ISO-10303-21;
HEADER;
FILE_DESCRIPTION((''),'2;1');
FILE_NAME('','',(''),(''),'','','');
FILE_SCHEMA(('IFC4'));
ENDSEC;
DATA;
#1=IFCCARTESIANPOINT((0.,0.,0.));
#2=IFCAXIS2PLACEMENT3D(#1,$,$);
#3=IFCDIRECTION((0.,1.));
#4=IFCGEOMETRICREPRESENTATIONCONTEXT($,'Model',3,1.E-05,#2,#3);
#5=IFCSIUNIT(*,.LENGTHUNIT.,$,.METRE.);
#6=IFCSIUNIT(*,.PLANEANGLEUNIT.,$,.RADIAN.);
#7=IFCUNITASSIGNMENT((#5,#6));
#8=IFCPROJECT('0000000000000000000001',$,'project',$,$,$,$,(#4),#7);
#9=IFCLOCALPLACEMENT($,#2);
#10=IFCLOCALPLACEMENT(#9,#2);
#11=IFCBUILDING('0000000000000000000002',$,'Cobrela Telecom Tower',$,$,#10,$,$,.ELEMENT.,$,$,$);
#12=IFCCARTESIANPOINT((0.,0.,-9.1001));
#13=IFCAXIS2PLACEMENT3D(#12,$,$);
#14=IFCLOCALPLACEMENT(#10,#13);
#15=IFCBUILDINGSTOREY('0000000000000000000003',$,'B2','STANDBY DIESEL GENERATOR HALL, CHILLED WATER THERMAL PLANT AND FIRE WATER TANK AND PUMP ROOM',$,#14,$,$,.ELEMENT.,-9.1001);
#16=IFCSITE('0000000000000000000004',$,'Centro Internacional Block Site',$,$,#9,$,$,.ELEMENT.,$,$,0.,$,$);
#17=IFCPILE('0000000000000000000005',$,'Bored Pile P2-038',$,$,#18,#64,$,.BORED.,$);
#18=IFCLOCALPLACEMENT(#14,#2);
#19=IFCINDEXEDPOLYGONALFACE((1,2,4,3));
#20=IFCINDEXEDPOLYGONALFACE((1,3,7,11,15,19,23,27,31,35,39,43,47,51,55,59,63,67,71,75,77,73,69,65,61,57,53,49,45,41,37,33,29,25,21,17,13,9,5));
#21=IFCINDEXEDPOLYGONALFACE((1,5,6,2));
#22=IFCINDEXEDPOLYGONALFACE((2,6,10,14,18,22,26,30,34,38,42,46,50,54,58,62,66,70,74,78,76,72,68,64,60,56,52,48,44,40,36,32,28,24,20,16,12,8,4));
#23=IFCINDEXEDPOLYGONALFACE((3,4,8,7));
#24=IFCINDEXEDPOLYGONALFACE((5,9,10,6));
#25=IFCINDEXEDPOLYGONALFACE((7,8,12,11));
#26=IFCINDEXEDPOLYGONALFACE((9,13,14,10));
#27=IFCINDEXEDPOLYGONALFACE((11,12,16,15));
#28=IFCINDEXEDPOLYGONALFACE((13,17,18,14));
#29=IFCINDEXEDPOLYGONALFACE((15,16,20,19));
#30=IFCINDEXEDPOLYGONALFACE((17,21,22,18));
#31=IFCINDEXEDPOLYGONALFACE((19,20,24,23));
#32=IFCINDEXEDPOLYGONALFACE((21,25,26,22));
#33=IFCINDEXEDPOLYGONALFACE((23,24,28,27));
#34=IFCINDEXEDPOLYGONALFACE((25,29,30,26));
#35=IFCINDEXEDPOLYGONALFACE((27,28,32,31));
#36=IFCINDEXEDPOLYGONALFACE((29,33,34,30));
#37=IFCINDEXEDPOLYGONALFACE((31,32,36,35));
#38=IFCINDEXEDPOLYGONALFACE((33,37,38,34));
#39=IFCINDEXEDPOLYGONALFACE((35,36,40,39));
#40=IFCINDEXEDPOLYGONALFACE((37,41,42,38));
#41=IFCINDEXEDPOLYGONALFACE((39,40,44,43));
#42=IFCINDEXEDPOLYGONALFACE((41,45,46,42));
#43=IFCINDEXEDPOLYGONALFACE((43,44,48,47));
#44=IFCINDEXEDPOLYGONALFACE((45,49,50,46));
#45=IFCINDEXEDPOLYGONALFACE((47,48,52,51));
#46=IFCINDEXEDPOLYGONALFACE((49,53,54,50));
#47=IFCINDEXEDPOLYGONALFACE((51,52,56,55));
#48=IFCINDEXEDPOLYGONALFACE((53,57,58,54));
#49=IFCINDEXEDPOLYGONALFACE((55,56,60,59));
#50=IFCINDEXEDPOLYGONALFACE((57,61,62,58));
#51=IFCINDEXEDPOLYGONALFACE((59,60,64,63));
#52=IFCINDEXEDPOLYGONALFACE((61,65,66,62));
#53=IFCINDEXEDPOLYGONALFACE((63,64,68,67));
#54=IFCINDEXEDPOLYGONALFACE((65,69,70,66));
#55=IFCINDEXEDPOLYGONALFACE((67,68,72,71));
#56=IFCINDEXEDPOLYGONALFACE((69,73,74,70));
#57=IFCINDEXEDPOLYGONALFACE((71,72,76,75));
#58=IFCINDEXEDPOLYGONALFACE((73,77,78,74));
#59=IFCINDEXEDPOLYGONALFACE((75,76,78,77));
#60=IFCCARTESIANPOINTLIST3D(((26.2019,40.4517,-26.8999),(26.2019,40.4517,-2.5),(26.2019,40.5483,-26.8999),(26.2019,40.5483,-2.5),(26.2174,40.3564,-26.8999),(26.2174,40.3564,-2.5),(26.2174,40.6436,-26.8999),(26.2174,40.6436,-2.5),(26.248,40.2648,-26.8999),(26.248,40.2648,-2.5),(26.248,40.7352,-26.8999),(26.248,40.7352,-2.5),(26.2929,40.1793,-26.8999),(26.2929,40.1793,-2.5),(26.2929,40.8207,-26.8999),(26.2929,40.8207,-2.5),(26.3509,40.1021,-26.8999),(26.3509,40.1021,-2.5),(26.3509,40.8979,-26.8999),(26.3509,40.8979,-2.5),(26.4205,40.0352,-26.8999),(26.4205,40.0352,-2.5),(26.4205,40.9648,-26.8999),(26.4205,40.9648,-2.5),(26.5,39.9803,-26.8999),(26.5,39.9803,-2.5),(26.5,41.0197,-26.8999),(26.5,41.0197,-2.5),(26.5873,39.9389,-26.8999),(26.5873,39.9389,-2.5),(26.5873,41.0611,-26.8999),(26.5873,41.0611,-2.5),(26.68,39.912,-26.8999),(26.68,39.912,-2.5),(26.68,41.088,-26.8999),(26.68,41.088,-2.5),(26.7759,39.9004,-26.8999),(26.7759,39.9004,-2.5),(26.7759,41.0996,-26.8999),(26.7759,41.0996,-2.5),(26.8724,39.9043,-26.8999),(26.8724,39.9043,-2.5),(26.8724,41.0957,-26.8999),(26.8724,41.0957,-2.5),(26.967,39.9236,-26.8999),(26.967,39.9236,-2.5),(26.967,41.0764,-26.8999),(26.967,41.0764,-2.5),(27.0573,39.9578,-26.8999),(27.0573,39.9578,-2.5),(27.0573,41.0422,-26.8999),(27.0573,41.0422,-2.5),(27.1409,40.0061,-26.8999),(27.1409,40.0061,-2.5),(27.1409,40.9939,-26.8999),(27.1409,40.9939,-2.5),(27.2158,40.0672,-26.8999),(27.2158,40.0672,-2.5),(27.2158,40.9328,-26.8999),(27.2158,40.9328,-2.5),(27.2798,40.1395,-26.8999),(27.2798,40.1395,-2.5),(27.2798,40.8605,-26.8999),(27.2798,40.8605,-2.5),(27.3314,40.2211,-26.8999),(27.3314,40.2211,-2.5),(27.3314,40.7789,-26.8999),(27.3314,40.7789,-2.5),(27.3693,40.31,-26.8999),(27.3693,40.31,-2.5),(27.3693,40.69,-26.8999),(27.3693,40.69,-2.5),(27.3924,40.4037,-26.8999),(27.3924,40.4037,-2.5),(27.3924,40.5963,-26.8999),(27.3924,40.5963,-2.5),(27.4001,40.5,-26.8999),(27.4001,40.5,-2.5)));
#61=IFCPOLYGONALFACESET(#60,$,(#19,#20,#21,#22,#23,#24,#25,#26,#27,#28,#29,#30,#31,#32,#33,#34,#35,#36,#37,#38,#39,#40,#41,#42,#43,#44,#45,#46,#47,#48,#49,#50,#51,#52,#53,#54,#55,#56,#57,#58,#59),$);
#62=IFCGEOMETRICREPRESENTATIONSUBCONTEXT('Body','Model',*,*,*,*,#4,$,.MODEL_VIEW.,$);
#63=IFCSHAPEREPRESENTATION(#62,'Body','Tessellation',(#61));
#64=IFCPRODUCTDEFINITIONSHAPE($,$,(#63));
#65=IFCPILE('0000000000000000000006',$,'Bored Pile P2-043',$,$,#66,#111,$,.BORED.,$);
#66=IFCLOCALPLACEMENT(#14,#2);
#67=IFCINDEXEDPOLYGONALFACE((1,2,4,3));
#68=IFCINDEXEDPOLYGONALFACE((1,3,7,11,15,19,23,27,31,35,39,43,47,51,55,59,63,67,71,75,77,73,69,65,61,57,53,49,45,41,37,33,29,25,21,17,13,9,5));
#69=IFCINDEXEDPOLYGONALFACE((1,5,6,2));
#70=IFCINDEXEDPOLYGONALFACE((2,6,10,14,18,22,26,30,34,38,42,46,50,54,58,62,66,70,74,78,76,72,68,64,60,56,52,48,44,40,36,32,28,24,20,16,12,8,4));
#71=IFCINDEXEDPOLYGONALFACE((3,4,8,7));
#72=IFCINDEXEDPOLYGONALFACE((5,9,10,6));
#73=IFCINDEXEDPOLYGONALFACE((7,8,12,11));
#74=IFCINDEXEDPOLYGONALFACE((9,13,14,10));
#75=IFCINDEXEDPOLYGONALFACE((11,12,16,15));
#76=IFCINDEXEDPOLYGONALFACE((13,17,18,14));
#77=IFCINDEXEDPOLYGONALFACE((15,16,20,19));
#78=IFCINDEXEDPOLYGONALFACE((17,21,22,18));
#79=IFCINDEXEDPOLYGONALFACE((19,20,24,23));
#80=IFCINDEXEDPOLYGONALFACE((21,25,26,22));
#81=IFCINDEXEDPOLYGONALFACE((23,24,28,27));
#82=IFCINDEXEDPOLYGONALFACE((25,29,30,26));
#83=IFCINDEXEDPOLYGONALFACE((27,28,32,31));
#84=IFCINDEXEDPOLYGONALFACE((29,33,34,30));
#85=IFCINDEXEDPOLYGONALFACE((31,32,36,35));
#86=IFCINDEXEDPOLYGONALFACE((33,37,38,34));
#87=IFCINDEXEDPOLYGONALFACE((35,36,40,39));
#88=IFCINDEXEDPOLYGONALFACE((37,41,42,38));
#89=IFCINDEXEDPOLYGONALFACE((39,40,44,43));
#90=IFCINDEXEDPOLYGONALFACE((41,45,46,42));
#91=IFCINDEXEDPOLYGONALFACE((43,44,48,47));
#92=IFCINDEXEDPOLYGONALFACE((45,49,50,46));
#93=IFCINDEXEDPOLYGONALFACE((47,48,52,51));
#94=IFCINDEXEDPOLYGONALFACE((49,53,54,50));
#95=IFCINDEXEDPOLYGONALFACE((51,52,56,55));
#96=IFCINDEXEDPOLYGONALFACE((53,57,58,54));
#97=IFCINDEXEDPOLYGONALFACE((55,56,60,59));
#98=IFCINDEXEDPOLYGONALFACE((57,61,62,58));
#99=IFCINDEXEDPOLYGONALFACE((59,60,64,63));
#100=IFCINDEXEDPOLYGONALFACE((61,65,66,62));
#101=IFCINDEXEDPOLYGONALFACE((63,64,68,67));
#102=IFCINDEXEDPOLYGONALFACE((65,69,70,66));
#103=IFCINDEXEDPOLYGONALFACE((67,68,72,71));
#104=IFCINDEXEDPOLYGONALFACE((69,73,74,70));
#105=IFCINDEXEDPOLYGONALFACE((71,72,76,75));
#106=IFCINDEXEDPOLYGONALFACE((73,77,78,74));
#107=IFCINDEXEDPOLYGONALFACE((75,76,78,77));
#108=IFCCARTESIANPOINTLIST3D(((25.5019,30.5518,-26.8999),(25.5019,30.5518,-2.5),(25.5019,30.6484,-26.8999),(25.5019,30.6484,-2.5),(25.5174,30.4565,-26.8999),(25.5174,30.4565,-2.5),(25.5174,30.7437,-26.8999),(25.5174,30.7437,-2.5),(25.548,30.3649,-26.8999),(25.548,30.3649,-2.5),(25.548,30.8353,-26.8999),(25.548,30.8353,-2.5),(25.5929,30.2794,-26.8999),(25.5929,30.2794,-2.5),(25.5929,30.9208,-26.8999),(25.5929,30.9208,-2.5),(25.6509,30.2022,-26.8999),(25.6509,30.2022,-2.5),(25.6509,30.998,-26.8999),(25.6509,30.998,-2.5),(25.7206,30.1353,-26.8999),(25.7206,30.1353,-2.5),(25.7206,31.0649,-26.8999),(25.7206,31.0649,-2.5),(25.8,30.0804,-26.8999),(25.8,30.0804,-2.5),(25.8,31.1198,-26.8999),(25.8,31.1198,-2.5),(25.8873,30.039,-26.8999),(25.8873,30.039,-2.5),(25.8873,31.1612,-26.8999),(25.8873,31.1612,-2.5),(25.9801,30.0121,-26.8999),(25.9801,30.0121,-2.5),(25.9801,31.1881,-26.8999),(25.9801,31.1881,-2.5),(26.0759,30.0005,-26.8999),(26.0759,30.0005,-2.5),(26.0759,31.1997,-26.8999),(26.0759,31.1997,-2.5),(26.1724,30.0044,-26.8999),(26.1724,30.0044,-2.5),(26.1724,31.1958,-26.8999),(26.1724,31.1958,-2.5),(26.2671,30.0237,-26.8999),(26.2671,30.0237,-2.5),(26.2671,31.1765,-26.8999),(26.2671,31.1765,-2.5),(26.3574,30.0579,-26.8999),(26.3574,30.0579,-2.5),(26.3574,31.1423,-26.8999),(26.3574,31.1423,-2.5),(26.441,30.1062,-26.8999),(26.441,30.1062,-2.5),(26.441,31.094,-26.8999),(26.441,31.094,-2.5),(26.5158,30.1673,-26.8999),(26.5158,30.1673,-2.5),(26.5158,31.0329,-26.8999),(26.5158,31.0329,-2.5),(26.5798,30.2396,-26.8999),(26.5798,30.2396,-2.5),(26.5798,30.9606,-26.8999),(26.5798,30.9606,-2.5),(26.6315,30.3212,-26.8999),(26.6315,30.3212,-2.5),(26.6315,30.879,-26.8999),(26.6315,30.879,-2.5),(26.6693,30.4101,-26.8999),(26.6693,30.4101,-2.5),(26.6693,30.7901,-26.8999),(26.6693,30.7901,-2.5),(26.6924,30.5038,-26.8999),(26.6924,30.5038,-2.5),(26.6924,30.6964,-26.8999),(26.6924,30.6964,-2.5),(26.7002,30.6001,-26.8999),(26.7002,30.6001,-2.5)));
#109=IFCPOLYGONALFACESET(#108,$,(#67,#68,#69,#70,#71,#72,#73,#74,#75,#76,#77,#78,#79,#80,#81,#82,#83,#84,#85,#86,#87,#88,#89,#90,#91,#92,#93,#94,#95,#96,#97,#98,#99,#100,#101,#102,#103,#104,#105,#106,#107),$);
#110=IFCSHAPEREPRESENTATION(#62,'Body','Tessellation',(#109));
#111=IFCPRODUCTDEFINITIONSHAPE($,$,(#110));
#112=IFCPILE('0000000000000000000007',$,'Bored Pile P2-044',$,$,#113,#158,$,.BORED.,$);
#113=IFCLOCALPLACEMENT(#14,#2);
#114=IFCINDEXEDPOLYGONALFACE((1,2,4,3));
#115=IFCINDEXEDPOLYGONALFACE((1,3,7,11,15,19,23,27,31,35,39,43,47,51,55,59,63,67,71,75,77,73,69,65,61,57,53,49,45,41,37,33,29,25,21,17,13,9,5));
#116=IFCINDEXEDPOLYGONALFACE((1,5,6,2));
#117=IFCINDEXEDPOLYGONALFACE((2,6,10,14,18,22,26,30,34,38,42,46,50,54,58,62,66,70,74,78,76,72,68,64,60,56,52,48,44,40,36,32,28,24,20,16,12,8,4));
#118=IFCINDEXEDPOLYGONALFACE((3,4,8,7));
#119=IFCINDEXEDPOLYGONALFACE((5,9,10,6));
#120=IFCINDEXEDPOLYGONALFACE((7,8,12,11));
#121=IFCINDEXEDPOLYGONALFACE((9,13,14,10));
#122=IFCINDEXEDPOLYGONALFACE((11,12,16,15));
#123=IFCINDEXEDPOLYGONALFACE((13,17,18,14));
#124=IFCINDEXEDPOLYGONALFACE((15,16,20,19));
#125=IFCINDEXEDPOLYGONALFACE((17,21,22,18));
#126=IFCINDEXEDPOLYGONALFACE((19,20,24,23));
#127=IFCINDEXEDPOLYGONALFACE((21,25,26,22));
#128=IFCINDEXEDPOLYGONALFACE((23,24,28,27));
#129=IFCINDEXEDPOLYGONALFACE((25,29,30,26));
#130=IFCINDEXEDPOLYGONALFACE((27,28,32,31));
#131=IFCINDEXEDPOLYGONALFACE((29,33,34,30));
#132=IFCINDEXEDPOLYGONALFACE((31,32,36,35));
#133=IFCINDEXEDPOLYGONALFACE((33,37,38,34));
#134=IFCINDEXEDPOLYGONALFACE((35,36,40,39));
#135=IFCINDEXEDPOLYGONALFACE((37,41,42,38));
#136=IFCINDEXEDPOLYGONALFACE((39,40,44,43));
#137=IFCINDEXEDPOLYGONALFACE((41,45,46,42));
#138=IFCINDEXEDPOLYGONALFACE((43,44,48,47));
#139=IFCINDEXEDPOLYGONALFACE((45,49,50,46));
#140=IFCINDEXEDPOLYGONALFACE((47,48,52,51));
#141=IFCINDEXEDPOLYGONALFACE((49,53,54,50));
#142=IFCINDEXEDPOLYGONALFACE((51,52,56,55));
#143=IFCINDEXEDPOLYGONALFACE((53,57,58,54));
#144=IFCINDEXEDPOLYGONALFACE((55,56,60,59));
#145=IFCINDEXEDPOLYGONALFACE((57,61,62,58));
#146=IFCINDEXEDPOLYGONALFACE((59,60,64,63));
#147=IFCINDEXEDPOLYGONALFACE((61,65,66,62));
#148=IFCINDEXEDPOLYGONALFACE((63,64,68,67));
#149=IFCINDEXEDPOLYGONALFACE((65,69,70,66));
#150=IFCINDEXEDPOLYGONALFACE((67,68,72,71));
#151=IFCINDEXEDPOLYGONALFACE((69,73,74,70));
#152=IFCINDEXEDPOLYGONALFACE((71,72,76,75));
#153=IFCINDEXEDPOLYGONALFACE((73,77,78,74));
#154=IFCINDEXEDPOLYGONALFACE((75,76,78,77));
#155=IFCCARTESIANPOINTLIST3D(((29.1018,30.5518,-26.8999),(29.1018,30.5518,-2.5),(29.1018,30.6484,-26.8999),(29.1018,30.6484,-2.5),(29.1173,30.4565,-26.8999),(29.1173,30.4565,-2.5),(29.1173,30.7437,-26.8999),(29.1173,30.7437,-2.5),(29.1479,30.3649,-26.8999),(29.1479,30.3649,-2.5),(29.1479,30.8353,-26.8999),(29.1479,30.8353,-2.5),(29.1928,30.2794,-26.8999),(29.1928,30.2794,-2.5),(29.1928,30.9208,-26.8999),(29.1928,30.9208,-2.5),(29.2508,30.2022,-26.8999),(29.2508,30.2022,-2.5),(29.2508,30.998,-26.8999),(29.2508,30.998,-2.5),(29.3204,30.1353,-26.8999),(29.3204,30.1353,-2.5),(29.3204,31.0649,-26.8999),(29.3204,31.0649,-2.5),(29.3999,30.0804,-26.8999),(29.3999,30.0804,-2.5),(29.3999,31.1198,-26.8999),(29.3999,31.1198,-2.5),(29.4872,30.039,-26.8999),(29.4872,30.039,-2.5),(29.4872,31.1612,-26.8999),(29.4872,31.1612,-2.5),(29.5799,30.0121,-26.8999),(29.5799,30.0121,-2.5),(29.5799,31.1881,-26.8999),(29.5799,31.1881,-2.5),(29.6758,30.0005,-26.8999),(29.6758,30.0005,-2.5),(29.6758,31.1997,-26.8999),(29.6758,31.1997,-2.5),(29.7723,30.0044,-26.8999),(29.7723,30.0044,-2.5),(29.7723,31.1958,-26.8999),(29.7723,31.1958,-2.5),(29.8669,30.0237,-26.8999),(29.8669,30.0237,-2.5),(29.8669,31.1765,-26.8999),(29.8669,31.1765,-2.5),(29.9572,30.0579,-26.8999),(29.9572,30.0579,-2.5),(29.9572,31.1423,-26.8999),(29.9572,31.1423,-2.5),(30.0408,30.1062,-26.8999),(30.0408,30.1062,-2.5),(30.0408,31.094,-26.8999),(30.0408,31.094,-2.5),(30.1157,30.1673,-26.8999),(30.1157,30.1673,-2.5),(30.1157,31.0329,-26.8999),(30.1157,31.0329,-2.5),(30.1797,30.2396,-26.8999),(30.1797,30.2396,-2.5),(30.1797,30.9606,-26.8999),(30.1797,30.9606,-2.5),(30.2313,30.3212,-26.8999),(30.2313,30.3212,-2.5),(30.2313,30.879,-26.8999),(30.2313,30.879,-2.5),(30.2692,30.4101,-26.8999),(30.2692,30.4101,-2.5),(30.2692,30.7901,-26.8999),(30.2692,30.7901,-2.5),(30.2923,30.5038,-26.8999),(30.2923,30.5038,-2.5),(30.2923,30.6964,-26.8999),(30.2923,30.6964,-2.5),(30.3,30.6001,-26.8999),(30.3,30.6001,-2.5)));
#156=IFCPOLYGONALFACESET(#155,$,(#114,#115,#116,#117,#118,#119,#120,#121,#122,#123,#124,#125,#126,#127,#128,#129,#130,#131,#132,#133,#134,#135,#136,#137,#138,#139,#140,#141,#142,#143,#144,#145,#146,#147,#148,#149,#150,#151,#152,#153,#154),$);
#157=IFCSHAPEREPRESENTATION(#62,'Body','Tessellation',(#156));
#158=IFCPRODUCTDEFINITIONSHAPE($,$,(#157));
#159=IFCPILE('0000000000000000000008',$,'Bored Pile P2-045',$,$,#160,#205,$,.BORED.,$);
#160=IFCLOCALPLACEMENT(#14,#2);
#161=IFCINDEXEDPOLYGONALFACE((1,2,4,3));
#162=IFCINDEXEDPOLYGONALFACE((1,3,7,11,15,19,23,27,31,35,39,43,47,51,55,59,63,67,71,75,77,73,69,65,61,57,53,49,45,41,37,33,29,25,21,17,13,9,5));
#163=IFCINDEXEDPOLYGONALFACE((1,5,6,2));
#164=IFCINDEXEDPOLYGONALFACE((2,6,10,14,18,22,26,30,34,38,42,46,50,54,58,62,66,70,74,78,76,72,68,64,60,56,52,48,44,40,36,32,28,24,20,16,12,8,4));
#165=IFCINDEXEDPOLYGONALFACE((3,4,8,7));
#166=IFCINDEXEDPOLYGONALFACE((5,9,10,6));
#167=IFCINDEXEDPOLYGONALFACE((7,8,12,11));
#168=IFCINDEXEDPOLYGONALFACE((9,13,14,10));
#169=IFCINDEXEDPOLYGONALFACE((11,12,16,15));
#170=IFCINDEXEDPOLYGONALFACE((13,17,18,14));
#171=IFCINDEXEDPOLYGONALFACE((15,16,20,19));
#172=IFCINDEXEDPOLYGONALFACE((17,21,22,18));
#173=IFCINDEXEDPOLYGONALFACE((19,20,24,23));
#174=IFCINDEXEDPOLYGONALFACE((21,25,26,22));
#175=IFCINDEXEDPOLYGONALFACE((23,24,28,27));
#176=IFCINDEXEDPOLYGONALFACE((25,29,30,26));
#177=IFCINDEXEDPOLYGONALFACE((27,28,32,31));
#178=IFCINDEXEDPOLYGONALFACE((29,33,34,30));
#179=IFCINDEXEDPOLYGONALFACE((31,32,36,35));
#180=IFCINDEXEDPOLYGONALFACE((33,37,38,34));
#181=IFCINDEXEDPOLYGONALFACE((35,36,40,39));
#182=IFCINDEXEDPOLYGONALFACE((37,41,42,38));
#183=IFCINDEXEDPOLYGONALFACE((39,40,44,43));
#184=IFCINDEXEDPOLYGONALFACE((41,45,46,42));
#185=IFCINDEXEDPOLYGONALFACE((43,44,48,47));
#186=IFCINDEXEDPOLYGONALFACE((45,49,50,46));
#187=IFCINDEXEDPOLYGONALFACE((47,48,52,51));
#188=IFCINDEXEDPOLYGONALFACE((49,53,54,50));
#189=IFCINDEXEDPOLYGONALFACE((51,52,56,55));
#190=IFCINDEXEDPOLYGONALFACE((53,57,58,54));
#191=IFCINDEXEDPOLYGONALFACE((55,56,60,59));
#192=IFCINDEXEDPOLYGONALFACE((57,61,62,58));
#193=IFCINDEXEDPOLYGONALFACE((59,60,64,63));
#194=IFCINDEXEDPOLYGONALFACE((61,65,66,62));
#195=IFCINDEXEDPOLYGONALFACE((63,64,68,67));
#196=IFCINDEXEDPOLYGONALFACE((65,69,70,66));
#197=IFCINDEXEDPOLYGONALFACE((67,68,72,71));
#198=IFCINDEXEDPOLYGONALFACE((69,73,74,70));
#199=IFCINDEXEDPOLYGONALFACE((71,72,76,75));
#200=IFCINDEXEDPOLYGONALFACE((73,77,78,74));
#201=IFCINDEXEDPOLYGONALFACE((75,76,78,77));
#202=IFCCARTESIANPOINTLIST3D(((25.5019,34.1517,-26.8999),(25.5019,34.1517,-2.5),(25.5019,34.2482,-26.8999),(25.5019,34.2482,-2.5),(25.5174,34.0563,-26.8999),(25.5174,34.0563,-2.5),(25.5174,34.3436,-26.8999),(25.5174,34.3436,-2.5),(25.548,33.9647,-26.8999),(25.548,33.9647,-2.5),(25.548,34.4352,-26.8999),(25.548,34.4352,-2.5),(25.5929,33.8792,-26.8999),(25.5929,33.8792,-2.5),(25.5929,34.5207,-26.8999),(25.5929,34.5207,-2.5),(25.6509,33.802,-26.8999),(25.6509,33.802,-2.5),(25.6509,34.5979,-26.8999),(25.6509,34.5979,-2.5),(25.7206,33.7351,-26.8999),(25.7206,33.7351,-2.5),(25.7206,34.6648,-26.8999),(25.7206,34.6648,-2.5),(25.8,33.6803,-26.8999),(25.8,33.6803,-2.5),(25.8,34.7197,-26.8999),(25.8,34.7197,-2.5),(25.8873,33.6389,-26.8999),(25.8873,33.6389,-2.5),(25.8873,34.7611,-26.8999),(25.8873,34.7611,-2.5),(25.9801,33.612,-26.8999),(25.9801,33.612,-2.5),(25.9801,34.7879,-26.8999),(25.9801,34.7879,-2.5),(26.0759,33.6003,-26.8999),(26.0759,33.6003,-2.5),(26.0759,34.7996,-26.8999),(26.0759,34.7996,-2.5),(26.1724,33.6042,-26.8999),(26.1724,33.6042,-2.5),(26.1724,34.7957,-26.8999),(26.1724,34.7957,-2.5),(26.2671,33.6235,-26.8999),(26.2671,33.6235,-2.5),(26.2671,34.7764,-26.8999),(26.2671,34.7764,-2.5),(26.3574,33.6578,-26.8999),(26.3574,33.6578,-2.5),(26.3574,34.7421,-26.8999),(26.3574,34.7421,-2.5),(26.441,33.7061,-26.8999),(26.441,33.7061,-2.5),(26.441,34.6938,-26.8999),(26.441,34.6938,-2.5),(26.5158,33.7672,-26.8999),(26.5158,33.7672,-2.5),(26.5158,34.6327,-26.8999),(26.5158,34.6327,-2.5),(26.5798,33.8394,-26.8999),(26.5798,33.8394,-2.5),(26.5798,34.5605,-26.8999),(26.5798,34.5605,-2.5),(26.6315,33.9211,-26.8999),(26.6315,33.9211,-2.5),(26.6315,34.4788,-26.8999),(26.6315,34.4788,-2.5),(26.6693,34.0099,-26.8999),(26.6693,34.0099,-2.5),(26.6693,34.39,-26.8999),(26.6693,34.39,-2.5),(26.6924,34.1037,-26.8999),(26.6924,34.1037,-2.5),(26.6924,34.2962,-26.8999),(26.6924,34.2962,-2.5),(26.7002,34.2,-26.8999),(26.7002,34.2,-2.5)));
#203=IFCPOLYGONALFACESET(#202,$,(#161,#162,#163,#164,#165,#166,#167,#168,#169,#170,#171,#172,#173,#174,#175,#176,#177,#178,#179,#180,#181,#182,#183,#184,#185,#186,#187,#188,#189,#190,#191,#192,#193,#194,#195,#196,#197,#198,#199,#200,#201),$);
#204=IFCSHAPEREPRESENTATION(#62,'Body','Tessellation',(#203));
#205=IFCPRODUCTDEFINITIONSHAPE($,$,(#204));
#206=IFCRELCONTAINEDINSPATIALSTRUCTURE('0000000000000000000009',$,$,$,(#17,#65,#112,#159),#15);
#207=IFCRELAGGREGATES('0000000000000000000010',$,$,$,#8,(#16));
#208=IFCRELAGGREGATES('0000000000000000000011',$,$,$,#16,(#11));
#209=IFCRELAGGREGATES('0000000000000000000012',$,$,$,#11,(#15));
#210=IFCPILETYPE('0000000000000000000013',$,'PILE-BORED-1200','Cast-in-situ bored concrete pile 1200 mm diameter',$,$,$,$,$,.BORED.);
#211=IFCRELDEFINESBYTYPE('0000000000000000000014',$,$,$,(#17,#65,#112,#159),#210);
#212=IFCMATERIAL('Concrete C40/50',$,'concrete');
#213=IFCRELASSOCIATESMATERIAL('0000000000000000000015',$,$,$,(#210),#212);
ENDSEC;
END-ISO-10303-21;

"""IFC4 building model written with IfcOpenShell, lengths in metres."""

from ifc_helpers import new_model, si_unit, direction, frame, origin, origin_2d, place, context, subcontext, project, spatial, circle, extrude, material, material_profile, profile_set, type_object, element, save


model = new_model("IFC4")

# Units and contexts
model_context = context("Model", 3, precision=1e-05, world=origin(), true_north=direction((0.0, 1.0)))
body_context = subcontext(model_context, "Body", "Model", "MODEL_VIEW")
ifc_project = project(units=[si_unit("LENGTHUNIT", "METRE"), si_unit("PLANEANGLEUNIT", "RADIAN")], contexts=[model_context])

# Site, building, storey
site_placement = place(None, origin())
site = spatial("IfcSite", under=ifc_project, at=site_placement, Name="Centro Internacional Block Site", CompositionType="ELEMENT", RefElevation=0.0)
building_placement = place(site_placement, origin())
building = spatial("IfcBuilding", under=site, at=building_placement, Name="Cobrela Telecom Tower", CompositionType="ELEMENT")
storey_placement = place(building_placement, frame((0.0, 0.0, -9.1001)))
storey = spatial("IfcBuildingStorey", under=building, at=storey_placement, Name="B2", Description="STANDBY DIESEL GENERATOR HALL, CHILLED WATER THERMAL PLANT AND FIRE WATER TANK AND PUMP ROOM", CompositionType="ELEMENT", Elevation=-9.1001)

# Shared definitions
ifc_material_1 = material(Name="Concrete C40/50", Category="concrete")

# Piles
ifc_material_profile_1 = material_profile(ifc_material_1, circle(Radius=0.6001, at=origin_2d()), Name="BORED PILE D1200")
ifc_profile_set_1 = profile_set([ifc_material_profile_1], Name="Concrete C40/50")
pile_type = type_object("IfcPileType", Name="PILE-BORED-1200", Description="Cast-in-situ bored concrete pile 1200 mm diameter", PredefinedType="BORED", material=ifc_profile_set_1)
for number, where, z_axis, x_axis, name in (
    (1, (26.8, 40.5, -2.5), (0.0, 0.0, -1.0), (1.0, 0.0, 0.0), "Bored Pile P2-038"),
    (2, (26.1001, 30.6001, -2.5), (0.0, 0.0, -1.0), (1.0, 0.0, 0.0), "Bored Pile P2-043"),
    (3, (29.7, 30.6001, -2.5), (0.0, 0.0, -1.0), (1.0, 0.0, 0.0), "Bored Pile P2-044"),
    (4, (26.1001, 34.2, -2.5), (0.0, 0.0, -1.0), (1.0, 0.0, 0.0), "Bored Pile P2-045"),
):
    element("IfcPile", number, at=place(storey_placement, frame(where, z_axis=z_axis, x_axis=x_axis)), inside=storey, type_object=pile_type, Name=name, PredefinedType="BORED", context=body_context, shape_type="SweptSolid", body=[
        extrude(circle(Radius=0.6001, at=origin_2d()), origin(), (0.0, 0.0, 1.0), 24.3999),
    ])

save(model, "model.ifc")
